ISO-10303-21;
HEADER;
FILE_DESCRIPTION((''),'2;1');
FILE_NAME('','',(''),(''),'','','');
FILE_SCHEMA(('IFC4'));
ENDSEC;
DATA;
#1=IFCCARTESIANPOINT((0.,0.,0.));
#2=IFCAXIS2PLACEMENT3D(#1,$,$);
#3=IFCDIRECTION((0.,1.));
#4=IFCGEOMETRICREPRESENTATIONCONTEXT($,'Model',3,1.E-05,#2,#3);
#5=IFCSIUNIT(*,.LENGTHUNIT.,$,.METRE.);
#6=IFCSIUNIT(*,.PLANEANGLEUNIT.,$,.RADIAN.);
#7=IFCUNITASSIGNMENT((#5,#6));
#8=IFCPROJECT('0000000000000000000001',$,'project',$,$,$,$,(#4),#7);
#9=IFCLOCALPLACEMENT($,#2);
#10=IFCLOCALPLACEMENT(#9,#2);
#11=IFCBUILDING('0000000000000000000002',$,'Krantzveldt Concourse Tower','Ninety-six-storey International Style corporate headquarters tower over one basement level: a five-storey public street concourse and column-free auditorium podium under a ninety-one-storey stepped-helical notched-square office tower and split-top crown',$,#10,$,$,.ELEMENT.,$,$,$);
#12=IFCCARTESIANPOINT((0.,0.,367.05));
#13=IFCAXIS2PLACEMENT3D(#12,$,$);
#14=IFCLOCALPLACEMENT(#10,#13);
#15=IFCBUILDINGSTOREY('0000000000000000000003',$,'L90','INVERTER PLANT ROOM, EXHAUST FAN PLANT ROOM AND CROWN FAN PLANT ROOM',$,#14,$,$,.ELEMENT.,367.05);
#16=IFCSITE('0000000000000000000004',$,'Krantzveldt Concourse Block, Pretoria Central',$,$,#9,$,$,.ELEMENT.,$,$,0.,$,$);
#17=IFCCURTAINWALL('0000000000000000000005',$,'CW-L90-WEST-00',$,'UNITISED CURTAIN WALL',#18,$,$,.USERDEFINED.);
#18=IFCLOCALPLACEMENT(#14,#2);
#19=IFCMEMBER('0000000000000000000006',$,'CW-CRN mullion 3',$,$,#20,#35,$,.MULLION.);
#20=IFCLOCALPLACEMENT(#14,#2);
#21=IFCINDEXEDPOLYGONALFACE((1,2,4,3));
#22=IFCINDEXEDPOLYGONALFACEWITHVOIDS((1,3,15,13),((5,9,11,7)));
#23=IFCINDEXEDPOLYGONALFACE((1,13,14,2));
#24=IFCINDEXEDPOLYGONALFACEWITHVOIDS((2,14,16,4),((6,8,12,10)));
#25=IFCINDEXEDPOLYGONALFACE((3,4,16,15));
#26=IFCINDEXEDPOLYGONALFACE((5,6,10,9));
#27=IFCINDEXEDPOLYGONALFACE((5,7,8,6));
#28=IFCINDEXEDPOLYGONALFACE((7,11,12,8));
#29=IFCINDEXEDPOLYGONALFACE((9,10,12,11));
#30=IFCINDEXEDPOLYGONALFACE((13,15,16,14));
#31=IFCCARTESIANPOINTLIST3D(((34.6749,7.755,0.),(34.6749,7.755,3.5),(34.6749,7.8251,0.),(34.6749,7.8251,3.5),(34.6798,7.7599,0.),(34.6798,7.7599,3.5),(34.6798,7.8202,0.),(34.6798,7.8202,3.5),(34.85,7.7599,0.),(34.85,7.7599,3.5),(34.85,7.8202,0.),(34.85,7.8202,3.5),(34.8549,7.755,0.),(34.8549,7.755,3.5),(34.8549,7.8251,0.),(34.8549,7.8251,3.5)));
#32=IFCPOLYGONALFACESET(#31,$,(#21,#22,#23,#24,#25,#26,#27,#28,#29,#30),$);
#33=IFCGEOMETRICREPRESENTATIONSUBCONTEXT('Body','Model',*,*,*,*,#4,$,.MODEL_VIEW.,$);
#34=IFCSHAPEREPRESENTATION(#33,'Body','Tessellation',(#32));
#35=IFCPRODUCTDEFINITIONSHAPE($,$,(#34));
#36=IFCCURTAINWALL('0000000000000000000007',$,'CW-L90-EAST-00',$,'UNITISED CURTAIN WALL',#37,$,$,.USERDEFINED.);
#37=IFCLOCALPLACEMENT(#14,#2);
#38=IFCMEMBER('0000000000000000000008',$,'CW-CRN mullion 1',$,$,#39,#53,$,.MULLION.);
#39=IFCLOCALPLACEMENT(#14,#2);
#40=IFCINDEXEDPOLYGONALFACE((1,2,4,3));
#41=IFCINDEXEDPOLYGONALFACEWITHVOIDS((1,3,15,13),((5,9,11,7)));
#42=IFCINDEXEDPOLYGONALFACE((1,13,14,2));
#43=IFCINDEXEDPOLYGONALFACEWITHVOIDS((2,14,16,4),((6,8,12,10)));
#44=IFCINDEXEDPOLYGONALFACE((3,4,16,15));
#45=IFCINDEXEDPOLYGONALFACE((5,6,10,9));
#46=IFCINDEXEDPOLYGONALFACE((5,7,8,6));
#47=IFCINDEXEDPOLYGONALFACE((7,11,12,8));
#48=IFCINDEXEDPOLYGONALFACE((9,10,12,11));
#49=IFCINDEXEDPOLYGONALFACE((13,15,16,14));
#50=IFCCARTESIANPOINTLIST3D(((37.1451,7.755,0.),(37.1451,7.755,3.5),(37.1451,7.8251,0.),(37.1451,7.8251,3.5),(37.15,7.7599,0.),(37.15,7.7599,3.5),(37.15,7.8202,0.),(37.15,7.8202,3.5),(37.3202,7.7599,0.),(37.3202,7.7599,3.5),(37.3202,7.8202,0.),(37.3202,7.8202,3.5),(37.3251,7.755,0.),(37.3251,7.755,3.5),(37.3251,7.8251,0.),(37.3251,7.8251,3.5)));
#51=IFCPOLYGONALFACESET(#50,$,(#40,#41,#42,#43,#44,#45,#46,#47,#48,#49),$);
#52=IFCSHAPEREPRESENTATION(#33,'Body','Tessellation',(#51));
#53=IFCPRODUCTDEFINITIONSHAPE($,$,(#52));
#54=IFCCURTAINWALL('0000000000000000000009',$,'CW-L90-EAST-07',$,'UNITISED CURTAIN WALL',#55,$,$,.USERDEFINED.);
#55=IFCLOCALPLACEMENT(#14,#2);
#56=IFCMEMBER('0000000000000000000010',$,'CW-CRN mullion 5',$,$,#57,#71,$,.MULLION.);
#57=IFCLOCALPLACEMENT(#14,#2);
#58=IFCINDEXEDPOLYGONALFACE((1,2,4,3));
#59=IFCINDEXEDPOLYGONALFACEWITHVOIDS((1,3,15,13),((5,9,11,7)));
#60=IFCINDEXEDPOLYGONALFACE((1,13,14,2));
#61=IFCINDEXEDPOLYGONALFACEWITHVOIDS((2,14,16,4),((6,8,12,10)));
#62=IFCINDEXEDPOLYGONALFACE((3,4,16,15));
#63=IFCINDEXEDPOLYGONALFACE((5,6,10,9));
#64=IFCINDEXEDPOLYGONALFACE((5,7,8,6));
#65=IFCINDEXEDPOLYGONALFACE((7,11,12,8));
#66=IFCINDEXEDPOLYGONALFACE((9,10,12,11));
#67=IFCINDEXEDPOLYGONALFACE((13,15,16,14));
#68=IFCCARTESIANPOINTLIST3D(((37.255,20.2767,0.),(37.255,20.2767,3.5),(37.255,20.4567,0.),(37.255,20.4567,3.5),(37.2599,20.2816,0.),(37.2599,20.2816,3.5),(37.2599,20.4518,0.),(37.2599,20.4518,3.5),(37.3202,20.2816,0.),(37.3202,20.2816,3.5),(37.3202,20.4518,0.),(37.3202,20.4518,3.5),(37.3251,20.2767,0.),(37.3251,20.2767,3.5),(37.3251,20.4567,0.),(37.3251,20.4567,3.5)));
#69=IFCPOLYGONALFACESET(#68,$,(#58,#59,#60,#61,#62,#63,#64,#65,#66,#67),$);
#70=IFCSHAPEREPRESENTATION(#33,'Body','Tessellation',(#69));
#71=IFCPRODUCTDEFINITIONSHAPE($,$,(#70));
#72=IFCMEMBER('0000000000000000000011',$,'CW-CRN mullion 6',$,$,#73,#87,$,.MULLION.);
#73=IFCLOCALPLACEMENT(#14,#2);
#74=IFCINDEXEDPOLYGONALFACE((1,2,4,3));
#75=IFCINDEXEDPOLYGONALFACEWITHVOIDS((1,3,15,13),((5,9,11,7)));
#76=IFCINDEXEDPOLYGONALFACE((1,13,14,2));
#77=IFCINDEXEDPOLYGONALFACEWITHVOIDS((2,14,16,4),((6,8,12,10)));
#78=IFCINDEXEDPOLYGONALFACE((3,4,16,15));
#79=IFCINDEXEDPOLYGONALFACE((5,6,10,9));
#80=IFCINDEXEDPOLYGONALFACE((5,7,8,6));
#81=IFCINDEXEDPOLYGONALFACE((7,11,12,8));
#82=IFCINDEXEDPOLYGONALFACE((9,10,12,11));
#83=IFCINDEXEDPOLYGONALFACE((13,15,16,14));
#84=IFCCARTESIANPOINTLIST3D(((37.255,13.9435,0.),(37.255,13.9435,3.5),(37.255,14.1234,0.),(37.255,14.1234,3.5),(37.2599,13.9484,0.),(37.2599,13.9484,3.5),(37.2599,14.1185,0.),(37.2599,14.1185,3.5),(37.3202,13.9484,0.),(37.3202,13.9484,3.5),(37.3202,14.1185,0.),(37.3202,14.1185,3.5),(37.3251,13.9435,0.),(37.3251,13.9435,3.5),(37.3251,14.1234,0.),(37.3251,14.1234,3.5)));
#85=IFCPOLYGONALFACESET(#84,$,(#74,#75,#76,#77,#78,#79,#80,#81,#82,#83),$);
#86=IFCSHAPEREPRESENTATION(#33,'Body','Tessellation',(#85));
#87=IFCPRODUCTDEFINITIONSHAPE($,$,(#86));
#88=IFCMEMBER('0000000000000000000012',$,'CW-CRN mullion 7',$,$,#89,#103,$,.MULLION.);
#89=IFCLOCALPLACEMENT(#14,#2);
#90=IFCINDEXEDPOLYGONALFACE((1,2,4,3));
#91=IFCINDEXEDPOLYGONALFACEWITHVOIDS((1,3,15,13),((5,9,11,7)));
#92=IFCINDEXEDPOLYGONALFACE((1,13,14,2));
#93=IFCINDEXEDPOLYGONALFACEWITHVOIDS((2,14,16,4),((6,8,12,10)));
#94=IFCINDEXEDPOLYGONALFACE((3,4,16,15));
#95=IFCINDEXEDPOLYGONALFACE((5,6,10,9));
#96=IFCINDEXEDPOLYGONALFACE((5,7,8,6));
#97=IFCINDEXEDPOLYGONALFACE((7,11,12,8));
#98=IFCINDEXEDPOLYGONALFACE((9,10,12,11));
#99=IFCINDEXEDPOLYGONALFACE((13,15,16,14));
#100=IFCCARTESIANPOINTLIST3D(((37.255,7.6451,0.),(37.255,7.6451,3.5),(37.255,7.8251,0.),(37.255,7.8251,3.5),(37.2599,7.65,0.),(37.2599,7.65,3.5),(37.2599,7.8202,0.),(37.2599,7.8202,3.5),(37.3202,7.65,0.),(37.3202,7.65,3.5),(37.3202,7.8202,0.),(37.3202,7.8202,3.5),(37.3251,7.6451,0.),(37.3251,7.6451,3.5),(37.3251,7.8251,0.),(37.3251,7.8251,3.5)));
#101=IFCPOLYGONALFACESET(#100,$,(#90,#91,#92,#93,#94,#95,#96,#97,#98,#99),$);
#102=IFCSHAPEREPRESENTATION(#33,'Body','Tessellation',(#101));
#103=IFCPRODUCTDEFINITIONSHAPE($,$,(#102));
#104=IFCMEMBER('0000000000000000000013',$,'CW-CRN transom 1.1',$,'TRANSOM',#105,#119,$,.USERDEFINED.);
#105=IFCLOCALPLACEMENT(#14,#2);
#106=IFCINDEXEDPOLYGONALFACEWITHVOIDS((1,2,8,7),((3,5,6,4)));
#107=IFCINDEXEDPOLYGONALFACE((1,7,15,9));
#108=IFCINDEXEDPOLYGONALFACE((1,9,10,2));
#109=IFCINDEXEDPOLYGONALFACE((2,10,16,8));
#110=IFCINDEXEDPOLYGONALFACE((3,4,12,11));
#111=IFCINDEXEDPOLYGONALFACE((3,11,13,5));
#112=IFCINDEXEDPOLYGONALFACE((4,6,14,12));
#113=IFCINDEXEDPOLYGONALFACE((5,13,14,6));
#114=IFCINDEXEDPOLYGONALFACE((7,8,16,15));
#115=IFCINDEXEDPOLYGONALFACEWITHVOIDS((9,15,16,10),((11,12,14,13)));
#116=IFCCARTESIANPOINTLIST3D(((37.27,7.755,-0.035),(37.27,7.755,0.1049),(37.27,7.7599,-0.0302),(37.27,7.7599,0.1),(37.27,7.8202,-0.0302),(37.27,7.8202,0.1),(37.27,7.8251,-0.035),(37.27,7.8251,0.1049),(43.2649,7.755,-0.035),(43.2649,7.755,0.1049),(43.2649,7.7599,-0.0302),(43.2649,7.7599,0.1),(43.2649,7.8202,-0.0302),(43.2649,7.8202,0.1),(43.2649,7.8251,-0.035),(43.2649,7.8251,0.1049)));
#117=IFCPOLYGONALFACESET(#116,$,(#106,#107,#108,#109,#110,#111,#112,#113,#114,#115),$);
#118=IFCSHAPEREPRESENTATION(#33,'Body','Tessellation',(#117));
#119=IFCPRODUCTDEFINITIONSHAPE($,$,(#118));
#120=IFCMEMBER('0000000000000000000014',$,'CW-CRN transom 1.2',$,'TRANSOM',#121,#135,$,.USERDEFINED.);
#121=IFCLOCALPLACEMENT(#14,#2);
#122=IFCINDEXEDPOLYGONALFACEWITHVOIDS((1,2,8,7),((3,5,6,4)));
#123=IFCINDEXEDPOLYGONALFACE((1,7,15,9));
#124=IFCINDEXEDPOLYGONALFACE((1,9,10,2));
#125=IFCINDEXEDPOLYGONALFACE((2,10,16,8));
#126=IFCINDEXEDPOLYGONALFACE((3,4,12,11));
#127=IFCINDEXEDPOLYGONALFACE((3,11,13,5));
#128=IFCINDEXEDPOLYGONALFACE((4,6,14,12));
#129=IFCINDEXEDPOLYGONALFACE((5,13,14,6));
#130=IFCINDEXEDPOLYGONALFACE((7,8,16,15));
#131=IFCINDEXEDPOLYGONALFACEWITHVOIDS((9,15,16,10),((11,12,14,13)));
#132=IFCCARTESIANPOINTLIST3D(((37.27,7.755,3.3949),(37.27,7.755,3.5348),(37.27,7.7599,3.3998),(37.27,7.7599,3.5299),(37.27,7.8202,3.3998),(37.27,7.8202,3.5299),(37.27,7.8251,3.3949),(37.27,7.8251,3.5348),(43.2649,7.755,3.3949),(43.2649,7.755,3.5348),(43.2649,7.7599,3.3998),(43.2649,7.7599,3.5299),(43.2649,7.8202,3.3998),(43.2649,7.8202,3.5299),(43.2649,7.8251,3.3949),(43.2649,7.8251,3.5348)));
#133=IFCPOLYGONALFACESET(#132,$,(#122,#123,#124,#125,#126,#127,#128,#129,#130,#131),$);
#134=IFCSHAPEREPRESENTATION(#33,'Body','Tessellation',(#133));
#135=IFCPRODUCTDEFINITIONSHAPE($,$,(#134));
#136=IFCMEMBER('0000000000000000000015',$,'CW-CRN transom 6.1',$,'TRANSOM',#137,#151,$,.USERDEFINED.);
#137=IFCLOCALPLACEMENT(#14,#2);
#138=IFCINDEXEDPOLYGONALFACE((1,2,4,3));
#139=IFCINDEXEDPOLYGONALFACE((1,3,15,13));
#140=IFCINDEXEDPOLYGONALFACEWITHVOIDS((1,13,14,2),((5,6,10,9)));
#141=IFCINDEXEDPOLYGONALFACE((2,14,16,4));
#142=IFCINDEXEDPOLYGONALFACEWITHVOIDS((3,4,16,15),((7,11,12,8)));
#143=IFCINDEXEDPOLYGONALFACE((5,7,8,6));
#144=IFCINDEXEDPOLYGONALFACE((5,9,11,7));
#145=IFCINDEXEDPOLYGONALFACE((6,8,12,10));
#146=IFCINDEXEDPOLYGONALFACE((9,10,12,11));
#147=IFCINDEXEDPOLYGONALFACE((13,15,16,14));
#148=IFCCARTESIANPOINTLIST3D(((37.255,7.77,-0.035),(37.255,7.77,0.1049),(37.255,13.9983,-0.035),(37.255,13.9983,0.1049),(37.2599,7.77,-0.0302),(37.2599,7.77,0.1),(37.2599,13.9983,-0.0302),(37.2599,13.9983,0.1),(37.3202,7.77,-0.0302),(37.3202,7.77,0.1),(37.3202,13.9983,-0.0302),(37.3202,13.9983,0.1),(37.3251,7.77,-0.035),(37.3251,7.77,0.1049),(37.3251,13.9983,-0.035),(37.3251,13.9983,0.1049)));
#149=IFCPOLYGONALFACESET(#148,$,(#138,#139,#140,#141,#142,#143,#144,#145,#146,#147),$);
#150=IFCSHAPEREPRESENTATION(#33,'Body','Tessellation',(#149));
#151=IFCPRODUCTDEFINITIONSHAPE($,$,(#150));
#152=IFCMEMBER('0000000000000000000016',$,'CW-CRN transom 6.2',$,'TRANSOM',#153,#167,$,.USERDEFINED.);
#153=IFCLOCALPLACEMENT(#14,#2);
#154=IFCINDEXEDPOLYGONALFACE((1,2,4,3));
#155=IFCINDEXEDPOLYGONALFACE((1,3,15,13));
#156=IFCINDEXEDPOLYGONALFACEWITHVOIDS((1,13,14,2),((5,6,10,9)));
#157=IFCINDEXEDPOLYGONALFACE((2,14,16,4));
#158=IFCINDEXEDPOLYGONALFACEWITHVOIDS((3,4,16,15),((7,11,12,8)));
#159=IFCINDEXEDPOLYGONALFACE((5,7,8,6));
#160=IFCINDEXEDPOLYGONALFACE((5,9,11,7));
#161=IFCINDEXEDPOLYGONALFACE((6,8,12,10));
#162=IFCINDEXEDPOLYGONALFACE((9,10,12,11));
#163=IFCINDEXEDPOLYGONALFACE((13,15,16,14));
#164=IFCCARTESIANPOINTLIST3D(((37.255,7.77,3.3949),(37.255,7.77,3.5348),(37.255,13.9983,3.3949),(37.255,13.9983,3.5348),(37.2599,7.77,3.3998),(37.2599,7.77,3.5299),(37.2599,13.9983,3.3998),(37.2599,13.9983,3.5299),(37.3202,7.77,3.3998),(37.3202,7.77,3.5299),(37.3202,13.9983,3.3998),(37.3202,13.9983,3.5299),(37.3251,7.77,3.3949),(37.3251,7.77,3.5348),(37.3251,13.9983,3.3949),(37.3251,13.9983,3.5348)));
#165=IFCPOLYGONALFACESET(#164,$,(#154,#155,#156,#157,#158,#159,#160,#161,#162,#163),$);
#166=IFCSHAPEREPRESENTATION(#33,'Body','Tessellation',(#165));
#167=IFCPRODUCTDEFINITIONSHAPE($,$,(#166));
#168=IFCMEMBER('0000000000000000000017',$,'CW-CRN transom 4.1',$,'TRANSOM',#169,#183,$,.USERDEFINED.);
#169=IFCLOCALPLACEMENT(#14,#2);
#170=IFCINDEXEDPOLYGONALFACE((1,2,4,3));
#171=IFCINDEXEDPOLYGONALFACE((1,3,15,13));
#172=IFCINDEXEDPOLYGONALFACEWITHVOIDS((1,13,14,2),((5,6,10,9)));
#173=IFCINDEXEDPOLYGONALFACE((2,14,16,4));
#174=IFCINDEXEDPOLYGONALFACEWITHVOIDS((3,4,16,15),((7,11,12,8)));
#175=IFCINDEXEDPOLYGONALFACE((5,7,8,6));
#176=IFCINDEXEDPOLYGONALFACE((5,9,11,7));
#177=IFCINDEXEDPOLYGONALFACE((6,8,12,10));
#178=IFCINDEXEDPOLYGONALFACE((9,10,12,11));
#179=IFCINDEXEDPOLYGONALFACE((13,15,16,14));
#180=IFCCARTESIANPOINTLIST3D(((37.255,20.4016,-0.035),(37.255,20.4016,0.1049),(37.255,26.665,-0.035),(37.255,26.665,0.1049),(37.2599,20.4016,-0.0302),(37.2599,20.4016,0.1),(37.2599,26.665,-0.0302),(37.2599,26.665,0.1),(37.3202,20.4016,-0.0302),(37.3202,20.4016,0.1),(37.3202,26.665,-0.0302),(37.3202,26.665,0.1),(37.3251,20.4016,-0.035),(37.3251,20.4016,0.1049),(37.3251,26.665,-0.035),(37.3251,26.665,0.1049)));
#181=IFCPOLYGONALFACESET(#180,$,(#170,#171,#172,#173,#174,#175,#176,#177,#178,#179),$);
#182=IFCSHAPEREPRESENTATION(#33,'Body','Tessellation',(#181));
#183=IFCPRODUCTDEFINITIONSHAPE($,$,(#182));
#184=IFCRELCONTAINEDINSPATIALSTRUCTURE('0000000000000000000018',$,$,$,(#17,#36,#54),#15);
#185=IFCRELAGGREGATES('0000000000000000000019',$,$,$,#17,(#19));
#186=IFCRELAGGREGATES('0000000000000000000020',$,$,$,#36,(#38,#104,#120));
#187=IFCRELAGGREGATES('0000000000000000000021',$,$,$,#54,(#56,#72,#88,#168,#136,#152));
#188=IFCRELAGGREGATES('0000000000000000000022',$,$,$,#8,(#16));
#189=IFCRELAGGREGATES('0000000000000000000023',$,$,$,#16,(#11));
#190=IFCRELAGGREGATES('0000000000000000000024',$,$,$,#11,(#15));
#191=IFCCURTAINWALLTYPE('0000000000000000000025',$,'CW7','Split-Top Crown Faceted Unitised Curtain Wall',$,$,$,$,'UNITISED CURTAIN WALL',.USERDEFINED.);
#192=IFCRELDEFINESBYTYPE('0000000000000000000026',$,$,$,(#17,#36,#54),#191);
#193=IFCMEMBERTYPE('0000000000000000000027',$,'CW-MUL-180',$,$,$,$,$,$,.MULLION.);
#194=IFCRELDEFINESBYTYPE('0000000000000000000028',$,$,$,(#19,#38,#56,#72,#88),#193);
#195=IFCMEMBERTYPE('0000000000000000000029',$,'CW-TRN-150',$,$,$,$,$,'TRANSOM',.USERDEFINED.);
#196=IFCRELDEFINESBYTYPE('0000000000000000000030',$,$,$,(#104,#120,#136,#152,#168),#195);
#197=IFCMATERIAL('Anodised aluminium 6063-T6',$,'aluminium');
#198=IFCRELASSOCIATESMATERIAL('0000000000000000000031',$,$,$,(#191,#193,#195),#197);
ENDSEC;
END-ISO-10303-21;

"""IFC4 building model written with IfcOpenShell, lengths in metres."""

from ifc_helpers import new_model, si_unit, direction, frame, origin, origin_2d, place, context, subcontext, project, spatial, hollow_rectangle, extrude, source, transform, mapped, material, material_profile, profile_set, type_object, type_shapes, element, aggregate, save


model = new_model("IFC4")

# Units and contexts
model_context = context("Model", 3, precision=1e-05, world=origin(), true_north=direction((0.0, 1.0)))
body_context = subcontext(model_context, "Body", "Model", "MODEL_VIEW")
ifc_project = project(units=[si_unit("LENGTHUNIT", "METRE"), si_unit("PLANEANGLEUNIT", "RADIAN")], contexts=[model_context])

# Site, building, storey
site_placement = place(None, origin())
site = spatial("IfcSite", under=ifc_project, at=site_placement, Name="Krantzveldt Concourse Block, Pretoria Central", CompositionType="ELEMENT", RefElevation=0.0)
building_placement = place(site_placement, origin())
building = spatial("IfcBuilding", under=site, at=building_placement, Name="Krantzveldt Concourse Tower", Description="Ninety-six-storey International Style corporate headquarters tower over one basement level: a five-storey public street concourse and column-free auditorium podium under a ninety-one-storey stepped-helical notched-square office tower and split-top crown", CompositionType="ELEMENT")
storey_placement = place(building_placement, frame((0.0, 0.0, 367.05)))
storey = spatial("IfcBuildingStorey", under=building, at=storey_placement, Name="L90", Description="INVERTER PLANT ROOM, EXHAUST FAN PLANT ROOM AND CROWN FAN PLANT ROOM", CompositionType="ELEMENT", Elevation=367.05)

# Curtain walls, members
ifc_material_1 = material(Name="Anodised aluminium 6063-T6", Category="aluminium")
curtain_wall_type = type_object("IfcCurtainWallType", Name="CW7", Description="Split-Top Crown Faceted Unitised Curtain Wall", ElementType="UNITISED CURTAIN WALL", PredefinedType="USERDEFINED", material=ifc_material_1)
curtain_wall_1_placement = place(storey_placement, origin())
curtain_wall_1 = element("IfcCurtainWall", 1, at=curtain_wall_1_placement, inside=storey, type_object=curtain_wall_type, Name="CW-L90-WEST-00", ObjectType="UNITISED CURTAIN WALL", PredefinedType="USERDEFINED")
ifc_material_profile_1 = material_profile(ifc_material_1, hollow_rectangle(XDim=0.0701, YDim=0.1799, WallThickness=0.0049, at=origin_2d()), Name="Anodised aluminium 6063-T6", Category="aluminium")
ifc_profile_set_1 = profile_set([ifc_material_profile_1], Name="Anodised aluminium 6063-T6 - ALU-MULL 180x70x5")
member_type_1 = type_object("IfcMemberType", Name="CW-MUL-180", PredefinedType="MULLION", material=ifc_profile_set_1)
shared_shape_1 = source(origin(), body_context, "Body", "SweptSolid", [
    extrude(hollow_rectangle(XDim=0.0701, YDim=0.1799, WallThickness=0.0049, at=origin_2d()), origin(), (0.0, 0.0, 1.0), 3.5),
])
type_shapes(member_type_1, [shared_shape_1])
member_1_placement = place(storey_placement, frame((34.7649, 7.79, 0.0), z_axis=(0.0, 0.0, 1.0), x_axis=(0.0, 1.0, 0.0)))
member_1 = element("IfcMember", 2, at=member_1_placement, type_object=member_type_1, Name="CW-CRN mullion 3", PredefinedType="MULLION", context=body_context, shape_type="MappedRepresentation", body=[
    mapped(shared_shape_1, transform((0.0, 0.0, 0.0), x_axis=(1.0, 0.0, 0.0), y_axis=(0.0, 1.0, 0.0), z_axis=(0.0, 0.0, 1.0), scale=1.0)),
])
aggregate(curtain_wall_1, [member_1])
curtain_wall_2_placement = place(storey_placement, origin())
curtain_wall_2 = element("IfcCurtainWall", 3, at=curtain_wall_2_placement, inside=storey, type_object=curtain_wall_type, Name="CW-L90-EAST-00", ObjectType="UNITISED CURTAIN WALL", PredefinedType="USERDEFINED")
member_2_placement = place(storey_placement, frame((37.2351, 7.79, 0.0), z_axis=(0.0, 0.0, 1.0), x_axis=(0.0, 1.0, 0.0)))
member_2 = element("IfcMember", 4, at=member_2_placement, type_object=member_type_1, Name="CW-CRN mullion 1", PredefinedType="MULLION", context=body_context, shape_type="MappedRepresentation", body=[
    mapped(shared_shape_1, transform((0.0, 0.0, 0.0), x_axis=(1.0, 0.0, 0.0), y_axis=(0.0, 1.0, 0.0), z_axis=(0.0, 0.0, 1.0), scale=1.0)),
])

# Curtain wall, members
curtain_wall_3_placement = place(storey_placement, origin())
curtain_wall_3 = element("IfcCurtainWall", 5, at=curtain_wall_3_placement, inside=storey, type_object=curtain_wall_type, Name="CW-L90-EAST-07", ObjectType="UNITISED CURTAIN WALL", PredefinedType="USERDEFINED")
member_3_placement = place(storey_placement, frame((37.29, 20.3667, 0.0), z_axis=(0.0, 0.0, 1.0), x_axis=(1.0, 0.0, 0.0)))
member_3 = element("IfcMember", 6, at=member_3_placement, type_object=member_type_1, Name="CW-CRN mullion 5", PredefinedType="MULLION", context=body_context, shape_type="MappedRepresentation", body=[
    mapped(shared_shape_1, transform((0.0, 0.0, 0.0), x_axis=(1.0, 0.0, 0.0), y_axis=(0.0, 1.0, 0.0), z_axis=(0.0, 0.0, 1.0), scale=1.0)),
])
member_4_placement = place(storey_placement, frame((37.29, 14.0334, 0.0), z_axis=(0.0, 0.0, 1.0), x_axis=(1.0, 0.0, 0.0)))
member_4 = element("IfcMember", 7, at=member_4_placement, type_object=member_type_1, Name="CW-CRN mullion 6", PredefinedType="MULLION", context=body_context, shape_type="MappedRepresentation", body=[
    mapped(shared_shape_1, transform((0.0, 0.0, 0.0), x_axis=(1.0, 0.0, 0.0), y_axis=(0.0, 1.0, 0.0), z_axis=(0.0, 0.0, 1.0), scale=1.0)),
])
member_5_placement = place(storey_placement, frame((37.29, 7.7351, 0.0), z_axis=(0.0, 0.0, 1.0), x_axis=(1.0, 0.0, 0.0)))
member_5 = element("IfcMember", 8, at=member_5_placement, type_object=member_type_1, Name="CW-CRN mullion 7", PredefinedType="MULLION", context=body_context, shape_type="MappedRepresentation", body=[
    mapped(shared_shape_1, transform((0.0, 0.0, 0.0), x_axis=(1.0, 0.0, 0.0), y_axis=(0.0, 1.0, 0.0), z_axis=(0.0, 0.0, 1.0), scale=1.0)),
])

# Members
ifc_material_profile_2 = material_profile(ifc_material_1, hollow_rectangle(XDim=0.0701, YDim=0.1399, WallThickness=0.0049, at=origin_2d()), Name="Anodised aluminium 6063-T6", Category="aluminium")
ifc_profile_set_2 = profile_set([ifc_material_profile_2], Name="Anodised aluminium 6063-T6 - ALU-TRAN 140x70x5")
member_type_2 = type_object("IfcMemberType", Name="CW-TRN-150", ElementType="TRANSOM", PredefinedType="USERDEFINED", material=ifc_profile_set_2)
shared_shape_2 = source(origin(), body_context, "Body", "SweptSolid", [
    extrude(hollow_rectangle(XDim=0.0701, YDim=0.1399, WallThickness=0.0049, at=origin_2d()), origin(), (0.0, 0.0, 1.0), 5.9949),
])
member_6_placement = place(storey_placement, frame((37.27, 7.79, 0.0349), z_axis=(1.0, 0.0, 0.0), x_axis=(0.0, 1.0, 0.0)))
member_6 = element("IfcMember", 9, at=member_6_placement, type_object=member_type_2, Name="CW-CRN transom 1.1", ObjectType="TRANSOM", PredefinedType="USERDEFINED", context=body_context, shape_type="MappedRepresentation", body=[
    mapped(shared_shape_2, transform((0.0, 0.0, 0.0), x_axis=(1.0, 0.0, 0.0), y_axis=(0.0, 1.0, 0.0), z_axis=(0.0, 0.0, 1.0), scale=1.0)),
])
member_7_placement = place(storey_placement, frame((37.27, 7.79, 3.4648), z_axis=(1.0, 0.0, 0.0), x_axis=(0.0, 1.0, 0.0)))
member_7 = element("IfcMember", 10, at=member_7_placement, type_object=member_type_2, Name="CW-CRN transom 1.2", ObjectType="TRANSOM", PredefinedType="USERDEFINED", context=body_context, shape_type="MappedRepresentation", body=[
    mapped(shared_shape_2, transform((0.0, 0.0, 0.0), x_axis=(1.0, 0.0, 0.0), y_axis=(0.0, 1.0, 0.0), z_axis=(0.0, 0.0, 1.0), scale=1.0)),
])
shared_shape_3 = source(origin(), body_context, "Body", "SweptSolid", [
    extrude(hollow_rectangle(XDim=0.0701, YDim=0.1399, WallThickness=0.0049, at=origin_2d()), origin(), (0.0, 0.0, 1.0), 6.2283),
])
member_8_placement = place(storey_placement, frame((37.29, 13.9983, 0.0349), z_axis=(0.0, -1.0, 0.0), x_axis=(1.0, 0.0, 0.0)))
member_8 = element("IfcMember", 11, at=member_8_placement, type_object=member_type_2, Name="CW-CRN transom 6.1", ObjectType="TRANSOM", PredefinedType="USERDEFINED", context=body_context, shape_type="MappedRepresentation", body=[
    mapped(shared_shape_3, transform((0.0, 0.0, 0.0), x_axis=(1.0, 0.0, 0.0), y_axis=(0.0, 1.0, 0.0), z_axis=(0.0, 0.0, 1.0), scale=1.0)),
])
member_9_placement = place(storey_placement, frame((37.29, 13.9983, 3.4648), z_axis=(0.0, -1.0, 0.0), x_axis=(1.0, 0.0, 0.0)))
member_9 = element("IfcMember", 12, at=member_9_placement, type_object=member_type_2, Name="CW-CRN transom 6.2", ObjectType="TRANSOM", PredefinedType="USERDEFINED", context=body_context, shape_type="MappedRepresentation", body=[
    mapped(shared_shape_3, transform((0.0, 0.0, 0.0), x_axis=(1.0, 0.0, 0.0), y_axis=(0.0, 1.0, 0.0), z_axis=(0.0, 0.0, 1.0), scale=1.0)),
])
shared_shape_4 = source(origin(), body_context, "Body", "SweptSolid", [
    extrude(hollow_rectangle(XDim=0.0701, YDim=0.1399, WallThickness=0.0049, at=origin_2d()), origin(), (0.0, 0.0, 1.0), 6.2634),
])
type_shapes(member_type_2, [shared_shape_2, shared_shape_3, shared_shape_4])
member_10_placement = place(storey_placement, frame((37.29, 26.665, 0.0349), z_axis=(0.0, -1.0, 0.0), x_axis=(1.0, 0.0, 0.0)))
member_10 = element("IfcMember", 13, at=member_10_placement, type_object=member_type_2, Name="CW-CRN transom 4.1", ObjectType="TRANSOM", PredefinedType="USERDEFINED", context=body_context, shape_type="MappedRepresentation", body=[
    mapped(shared_shape_4, transform((0.0, 0.0, 0.0), x_axis=(1.0, 0.0, 0.0), y_axis=(0.0, 1.0, 0.0), z_axis=(0.0, 0.0, 1.0), scale=1.0)),
])

aggregate(curtain_wall_2, [member_2, member_6, member_7])
aggregate(curtain_wall_3, [member_3, member_4, member_5, member_10, member_8, member_9])

save(model, "model.ifc")
